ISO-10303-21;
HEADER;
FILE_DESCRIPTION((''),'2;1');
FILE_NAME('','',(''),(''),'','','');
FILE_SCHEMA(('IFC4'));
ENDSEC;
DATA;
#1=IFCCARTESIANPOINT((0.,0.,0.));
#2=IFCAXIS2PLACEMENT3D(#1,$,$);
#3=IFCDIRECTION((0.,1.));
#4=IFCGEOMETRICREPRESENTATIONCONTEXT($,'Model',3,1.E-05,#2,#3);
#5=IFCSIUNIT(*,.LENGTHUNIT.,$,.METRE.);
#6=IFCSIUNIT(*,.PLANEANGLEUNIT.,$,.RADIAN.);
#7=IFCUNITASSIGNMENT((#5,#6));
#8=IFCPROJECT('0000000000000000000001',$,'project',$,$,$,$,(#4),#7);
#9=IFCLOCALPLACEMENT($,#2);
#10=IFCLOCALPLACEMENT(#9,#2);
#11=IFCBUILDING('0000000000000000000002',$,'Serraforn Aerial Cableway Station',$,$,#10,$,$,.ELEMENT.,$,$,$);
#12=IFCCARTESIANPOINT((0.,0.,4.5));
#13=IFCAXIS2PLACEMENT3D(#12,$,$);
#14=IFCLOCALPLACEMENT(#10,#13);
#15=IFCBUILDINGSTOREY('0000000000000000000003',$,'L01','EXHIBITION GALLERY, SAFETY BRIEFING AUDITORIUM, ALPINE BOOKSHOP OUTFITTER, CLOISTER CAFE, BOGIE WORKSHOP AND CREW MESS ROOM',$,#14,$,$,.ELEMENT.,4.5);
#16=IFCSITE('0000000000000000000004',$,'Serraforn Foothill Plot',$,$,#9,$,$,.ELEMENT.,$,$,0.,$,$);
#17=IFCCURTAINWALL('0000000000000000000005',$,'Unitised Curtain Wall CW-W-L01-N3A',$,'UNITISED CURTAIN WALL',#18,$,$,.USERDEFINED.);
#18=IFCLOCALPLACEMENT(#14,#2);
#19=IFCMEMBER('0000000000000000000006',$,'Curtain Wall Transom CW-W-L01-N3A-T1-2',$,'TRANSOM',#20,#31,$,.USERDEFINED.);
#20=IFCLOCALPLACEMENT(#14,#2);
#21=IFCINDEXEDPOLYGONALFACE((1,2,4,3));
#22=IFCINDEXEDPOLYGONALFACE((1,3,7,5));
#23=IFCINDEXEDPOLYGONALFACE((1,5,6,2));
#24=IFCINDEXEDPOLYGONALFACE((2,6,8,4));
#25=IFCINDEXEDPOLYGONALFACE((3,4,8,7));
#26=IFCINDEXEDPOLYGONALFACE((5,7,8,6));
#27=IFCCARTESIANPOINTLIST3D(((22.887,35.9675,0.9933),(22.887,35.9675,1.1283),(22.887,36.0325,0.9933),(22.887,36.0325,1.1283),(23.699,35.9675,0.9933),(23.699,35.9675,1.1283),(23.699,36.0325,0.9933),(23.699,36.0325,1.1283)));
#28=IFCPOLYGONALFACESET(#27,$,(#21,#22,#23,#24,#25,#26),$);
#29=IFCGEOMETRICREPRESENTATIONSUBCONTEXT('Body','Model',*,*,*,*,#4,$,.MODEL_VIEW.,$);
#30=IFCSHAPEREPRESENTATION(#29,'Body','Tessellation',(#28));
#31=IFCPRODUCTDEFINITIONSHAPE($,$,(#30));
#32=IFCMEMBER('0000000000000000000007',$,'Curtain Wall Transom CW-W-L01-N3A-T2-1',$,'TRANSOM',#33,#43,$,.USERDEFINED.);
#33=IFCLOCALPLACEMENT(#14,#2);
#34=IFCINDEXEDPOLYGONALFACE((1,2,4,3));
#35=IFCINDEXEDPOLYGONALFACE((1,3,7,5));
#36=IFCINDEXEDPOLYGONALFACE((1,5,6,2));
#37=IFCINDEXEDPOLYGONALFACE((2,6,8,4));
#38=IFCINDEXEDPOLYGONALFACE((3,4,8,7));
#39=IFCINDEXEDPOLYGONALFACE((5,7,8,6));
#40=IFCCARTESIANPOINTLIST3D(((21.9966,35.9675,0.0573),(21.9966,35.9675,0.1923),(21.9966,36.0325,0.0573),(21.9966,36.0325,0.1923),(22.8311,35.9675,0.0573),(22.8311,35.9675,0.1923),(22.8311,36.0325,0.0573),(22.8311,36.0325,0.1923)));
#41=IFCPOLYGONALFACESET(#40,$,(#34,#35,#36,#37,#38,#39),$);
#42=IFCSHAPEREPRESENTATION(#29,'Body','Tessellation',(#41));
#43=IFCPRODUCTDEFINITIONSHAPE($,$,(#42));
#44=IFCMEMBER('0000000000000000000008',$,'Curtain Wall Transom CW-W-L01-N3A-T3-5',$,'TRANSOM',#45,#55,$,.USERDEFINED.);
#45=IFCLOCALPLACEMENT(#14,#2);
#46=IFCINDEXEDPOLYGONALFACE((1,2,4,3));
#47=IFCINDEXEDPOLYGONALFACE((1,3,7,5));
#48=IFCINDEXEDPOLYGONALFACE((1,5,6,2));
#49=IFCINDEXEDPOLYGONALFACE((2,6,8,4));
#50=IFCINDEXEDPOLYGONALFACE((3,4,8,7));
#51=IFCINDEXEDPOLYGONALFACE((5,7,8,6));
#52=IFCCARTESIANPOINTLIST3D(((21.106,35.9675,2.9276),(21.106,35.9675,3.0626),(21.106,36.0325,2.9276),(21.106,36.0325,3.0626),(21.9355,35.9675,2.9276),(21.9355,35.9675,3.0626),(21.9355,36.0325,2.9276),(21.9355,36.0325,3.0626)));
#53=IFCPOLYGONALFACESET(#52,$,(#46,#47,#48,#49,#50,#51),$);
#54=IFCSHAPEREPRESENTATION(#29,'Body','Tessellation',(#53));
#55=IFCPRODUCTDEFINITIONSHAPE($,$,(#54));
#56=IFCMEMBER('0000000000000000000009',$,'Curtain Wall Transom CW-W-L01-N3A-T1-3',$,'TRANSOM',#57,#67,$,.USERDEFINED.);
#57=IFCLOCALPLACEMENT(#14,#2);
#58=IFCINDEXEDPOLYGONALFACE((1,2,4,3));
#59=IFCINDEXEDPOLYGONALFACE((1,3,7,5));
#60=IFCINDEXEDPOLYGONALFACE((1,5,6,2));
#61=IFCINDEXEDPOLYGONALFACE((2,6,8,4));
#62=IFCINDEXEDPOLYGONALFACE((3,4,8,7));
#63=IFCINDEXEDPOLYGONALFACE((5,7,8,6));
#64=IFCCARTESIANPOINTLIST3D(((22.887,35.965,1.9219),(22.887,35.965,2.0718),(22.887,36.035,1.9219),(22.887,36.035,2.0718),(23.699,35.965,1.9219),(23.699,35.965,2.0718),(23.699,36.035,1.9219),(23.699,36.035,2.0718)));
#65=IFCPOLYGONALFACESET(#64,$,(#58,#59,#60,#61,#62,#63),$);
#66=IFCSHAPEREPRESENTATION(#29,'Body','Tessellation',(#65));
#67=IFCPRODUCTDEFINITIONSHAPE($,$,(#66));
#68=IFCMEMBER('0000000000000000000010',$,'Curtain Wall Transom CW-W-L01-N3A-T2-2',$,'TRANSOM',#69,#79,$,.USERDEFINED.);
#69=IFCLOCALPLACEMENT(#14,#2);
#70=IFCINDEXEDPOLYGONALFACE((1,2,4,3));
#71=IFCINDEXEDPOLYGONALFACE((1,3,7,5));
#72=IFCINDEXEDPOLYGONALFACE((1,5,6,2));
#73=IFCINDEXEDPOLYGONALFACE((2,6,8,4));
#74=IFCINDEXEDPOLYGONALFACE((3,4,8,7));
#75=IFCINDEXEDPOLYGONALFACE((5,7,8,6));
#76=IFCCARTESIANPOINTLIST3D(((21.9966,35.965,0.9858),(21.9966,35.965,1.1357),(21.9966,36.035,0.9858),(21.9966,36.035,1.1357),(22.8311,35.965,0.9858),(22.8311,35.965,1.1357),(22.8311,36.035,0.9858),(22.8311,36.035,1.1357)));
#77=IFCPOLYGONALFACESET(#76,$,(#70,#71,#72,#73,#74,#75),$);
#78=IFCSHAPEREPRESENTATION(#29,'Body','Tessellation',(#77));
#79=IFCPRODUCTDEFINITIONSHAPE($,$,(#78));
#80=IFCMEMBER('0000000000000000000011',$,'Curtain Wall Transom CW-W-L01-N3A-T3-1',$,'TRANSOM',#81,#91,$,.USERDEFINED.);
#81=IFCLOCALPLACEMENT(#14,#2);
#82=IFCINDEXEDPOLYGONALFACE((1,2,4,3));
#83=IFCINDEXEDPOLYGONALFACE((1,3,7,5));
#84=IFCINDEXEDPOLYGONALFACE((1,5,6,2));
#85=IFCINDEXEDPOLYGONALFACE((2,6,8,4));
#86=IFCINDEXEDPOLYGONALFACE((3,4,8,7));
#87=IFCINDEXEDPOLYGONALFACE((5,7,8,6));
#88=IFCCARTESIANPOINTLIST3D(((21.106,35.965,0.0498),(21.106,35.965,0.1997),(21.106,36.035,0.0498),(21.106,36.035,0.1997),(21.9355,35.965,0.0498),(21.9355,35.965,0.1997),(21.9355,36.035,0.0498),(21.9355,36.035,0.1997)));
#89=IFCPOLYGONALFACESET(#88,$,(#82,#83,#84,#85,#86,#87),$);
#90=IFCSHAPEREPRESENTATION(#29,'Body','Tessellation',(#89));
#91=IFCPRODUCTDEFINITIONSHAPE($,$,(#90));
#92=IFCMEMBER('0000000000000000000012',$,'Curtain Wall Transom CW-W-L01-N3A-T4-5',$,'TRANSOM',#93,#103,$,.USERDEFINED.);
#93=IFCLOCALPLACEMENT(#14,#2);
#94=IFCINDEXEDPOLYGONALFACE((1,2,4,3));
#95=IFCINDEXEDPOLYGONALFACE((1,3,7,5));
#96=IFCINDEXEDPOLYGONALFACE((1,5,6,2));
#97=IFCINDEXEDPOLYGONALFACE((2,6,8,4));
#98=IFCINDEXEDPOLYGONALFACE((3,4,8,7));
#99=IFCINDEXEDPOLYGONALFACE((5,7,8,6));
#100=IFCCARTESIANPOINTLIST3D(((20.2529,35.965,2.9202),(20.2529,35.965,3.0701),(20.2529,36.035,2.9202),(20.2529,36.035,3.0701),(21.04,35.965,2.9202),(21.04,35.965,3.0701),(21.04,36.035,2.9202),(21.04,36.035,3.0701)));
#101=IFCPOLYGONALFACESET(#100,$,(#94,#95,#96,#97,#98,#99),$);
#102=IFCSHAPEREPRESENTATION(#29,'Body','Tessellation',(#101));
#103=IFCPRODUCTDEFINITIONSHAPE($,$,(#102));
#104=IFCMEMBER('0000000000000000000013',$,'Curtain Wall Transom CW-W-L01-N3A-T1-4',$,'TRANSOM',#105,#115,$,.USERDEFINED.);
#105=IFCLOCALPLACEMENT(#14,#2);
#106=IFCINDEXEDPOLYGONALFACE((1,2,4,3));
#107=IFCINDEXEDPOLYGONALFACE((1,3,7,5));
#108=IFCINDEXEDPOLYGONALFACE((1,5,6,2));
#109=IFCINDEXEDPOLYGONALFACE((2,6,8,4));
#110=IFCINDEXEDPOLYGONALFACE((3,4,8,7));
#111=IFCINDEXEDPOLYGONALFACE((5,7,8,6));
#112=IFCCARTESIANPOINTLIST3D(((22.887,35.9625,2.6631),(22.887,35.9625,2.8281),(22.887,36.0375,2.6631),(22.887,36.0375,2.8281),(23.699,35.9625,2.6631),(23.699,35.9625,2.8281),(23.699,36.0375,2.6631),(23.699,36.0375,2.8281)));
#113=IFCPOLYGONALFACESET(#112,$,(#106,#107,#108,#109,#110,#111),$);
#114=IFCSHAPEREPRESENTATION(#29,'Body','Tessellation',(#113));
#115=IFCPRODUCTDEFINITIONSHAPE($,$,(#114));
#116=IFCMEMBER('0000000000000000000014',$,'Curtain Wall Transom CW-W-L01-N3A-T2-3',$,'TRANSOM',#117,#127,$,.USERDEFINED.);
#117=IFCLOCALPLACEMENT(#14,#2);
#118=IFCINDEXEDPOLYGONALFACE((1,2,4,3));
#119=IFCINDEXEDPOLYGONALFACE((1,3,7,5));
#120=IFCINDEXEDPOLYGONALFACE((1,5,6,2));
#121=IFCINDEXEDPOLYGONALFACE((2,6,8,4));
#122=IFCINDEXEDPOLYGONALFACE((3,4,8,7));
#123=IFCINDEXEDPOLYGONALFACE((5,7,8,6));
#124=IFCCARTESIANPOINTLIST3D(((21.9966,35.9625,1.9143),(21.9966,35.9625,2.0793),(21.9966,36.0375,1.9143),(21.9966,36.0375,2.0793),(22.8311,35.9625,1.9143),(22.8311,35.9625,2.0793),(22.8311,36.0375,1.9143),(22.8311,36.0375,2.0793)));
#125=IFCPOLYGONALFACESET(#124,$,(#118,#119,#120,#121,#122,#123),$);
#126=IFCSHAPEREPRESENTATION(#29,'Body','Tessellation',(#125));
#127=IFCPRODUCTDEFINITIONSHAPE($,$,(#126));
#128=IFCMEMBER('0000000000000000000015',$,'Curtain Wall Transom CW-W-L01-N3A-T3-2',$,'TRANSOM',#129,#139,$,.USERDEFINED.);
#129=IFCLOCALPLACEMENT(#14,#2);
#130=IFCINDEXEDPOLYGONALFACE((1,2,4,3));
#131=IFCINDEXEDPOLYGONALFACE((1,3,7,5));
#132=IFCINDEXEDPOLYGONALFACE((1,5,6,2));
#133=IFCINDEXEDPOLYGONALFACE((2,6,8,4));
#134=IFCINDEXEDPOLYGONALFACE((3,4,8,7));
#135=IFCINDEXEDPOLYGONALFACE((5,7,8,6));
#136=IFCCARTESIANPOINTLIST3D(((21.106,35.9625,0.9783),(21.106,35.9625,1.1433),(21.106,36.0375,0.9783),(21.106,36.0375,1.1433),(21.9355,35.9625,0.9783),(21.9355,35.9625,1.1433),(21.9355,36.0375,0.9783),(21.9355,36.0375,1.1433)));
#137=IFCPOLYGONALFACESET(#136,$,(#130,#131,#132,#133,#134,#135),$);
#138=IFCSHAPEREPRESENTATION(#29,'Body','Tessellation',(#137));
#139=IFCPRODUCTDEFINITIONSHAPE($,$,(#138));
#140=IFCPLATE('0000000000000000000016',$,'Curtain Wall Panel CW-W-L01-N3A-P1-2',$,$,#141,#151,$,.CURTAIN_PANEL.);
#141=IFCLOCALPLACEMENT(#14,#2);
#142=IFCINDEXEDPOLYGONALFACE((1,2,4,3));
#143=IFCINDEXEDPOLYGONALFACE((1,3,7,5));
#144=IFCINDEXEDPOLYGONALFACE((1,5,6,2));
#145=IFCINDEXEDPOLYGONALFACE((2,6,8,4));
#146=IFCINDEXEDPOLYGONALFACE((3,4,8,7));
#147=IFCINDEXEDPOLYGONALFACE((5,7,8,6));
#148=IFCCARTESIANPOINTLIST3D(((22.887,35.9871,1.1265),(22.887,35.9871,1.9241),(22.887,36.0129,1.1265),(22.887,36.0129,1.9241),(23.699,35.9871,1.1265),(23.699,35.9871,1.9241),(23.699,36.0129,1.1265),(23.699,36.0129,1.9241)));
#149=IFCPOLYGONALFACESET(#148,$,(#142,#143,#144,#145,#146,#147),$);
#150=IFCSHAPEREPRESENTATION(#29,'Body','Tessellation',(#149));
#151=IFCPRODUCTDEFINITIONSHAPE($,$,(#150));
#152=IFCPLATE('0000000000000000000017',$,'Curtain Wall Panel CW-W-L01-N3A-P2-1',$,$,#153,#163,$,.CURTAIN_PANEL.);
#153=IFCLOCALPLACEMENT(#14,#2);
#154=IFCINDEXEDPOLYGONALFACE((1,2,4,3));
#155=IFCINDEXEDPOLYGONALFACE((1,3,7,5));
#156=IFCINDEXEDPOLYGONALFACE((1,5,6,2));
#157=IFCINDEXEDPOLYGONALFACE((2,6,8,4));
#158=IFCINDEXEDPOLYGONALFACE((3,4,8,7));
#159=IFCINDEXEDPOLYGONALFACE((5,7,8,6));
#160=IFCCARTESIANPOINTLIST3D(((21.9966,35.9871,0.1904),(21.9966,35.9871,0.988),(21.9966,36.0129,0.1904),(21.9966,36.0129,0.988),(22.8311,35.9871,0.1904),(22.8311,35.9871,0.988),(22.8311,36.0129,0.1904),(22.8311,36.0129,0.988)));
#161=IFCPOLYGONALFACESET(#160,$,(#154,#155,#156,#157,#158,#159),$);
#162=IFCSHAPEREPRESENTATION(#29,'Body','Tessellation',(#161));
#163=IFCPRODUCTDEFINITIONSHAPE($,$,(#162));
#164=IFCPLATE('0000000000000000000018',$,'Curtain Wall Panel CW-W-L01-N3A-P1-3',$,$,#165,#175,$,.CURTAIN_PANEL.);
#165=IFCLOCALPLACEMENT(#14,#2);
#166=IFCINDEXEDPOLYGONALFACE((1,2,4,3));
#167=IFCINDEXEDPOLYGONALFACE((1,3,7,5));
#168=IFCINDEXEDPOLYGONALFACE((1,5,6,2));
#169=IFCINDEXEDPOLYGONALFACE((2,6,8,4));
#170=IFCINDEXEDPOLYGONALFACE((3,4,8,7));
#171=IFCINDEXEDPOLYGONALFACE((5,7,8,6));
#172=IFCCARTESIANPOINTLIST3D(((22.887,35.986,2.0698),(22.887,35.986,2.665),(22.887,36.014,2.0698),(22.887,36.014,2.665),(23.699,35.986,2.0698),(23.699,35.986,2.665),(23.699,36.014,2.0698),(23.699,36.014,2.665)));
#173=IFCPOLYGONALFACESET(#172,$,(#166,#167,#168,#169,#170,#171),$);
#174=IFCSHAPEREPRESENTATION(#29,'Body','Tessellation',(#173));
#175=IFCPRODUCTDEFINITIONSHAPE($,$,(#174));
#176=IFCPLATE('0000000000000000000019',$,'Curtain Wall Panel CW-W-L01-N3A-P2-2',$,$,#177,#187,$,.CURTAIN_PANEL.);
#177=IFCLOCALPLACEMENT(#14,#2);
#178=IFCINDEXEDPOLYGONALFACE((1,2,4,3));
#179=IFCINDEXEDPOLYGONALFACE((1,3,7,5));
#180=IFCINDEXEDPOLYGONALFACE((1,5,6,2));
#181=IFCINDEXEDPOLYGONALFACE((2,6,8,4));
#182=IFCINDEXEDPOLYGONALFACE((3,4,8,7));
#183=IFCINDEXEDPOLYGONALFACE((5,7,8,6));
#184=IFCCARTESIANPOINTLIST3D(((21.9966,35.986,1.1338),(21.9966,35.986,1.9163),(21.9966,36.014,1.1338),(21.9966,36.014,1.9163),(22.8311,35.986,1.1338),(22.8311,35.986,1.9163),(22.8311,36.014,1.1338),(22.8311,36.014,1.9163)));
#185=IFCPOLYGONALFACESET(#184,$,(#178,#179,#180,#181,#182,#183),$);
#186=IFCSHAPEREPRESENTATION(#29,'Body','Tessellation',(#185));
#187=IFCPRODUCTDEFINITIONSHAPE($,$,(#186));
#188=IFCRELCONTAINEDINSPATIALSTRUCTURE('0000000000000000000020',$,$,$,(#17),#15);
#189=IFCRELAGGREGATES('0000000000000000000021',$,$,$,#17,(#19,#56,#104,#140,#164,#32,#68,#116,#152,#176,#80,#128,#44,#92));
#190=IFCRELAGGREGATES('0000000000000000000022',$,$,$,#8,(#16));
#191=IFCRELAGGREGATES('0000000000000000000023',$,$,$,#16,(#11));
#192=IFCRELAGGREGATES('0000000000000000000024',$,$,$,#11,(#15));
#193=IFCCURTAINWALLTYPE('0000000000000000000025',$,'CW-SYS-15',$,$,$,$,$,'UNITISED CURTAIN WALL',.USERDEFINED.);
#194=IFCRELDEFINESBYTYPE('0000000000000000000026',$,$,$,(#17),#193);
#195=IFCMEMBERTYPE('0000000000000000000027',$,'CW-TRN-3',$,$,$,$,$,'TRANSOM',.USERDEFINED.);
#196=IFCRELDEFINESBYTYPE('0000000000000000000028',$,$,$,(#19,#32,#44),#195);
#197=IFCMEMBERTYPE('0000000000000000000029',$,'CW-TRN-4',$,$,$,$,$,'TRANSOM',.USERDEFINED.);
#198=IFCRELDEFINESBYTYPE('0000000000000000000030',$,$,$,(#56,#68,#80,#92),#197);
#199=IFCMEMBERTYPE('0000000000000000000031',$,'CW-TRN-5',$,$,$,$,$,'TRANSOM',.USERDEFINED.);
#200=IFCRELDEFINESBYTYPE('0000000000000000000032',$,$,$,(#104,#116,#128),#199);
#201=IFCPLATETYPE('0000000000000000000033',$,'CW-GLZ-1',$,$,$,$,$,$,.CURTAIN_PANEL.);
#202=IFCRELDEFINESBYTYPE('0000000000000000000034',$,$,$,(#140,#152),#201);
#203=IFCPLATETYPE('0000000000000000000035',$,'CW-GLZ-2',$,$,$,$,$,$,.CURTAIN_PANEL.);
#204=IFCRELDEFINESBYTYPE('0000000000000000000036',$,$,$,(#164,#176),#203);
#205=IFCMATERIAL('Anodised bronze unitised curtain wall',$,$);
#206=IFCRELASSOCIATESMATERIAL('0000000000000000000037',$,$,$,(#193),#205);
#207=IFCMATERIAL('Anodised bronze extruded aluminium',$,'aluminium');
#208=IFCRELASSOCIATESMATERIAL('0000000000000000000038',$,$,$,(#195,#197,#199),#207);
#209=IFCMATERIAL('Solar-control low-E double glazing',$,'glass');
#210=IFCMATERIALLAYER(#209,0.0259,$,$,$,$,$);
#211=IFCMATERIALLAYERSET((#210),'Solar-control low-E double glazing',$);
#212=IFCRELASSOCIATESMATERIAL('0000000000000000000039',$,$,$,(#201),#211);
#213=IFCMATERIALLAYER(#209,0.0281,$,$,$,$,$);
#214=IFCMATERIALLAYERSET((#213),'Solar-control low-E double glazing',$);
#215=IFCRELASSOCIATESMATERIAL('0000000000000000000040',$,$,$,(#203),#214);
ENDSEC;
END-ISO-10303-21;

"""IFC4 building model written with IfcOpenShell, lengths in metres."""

from ifc_helpers import new_model, si_unit, direction, frame, origin, origin_2d, place, context, subcontext, project, spatial, rectangle, extrude, material, layer, layer_set, material_profile, profile_set, type_object, element, aggregate, save


model = new_model("IFC4")

# Units and contexts
model_context = context("Model", 3, precision=1e-05, world=origin(), true_north=direction((0.0, 1.0)))
body_context = subcontext(model_context, "Body", "Model", "MODEL_VIEW")
ifc_project = project(units=[si_unit("LENGTHUNIT", "METRE"), si_unit("PLANEANGLEUNIT", "RADIAN")], contexts=[model_context])

# Site, building, storey
site_placement = place(None, origin())
site = spatial("IfcSite", under=ifc_project, at=site_placement, Name="Serraforn Foothill Plot", CompositionType="ELEMENT", RefElevation=0.0)
building_placement = place(site_placement, origin())
building = spatial("IfcBuilding", under=site, at=building_placement, Name="Serraforn Aerial Cableway Station", CompositionType="ELEMENT")
storey_placement = place(building_placement, frame((0.0, 0.0, 4.5)))
storey = spatial("IfcBuildingStorey", under=building, at=storey_placement, Name="L01", Description="EXHIBITION GALLERY, SAFETY BRIEFING AUDITORIUM, ALPINE BOOKSHOP OUTFITTER, CLOISTER CAFE, BOGIE WORKSHOP AND CREW MESS ROOM", CompositionType="ELEMENT", Elevation=4.5)

# Curtain wall, members, plates
ifc_material_1 = material(Name="Anodised bronze unitised curtain wall")
curtain_wall_type = type_object("IfcCurtainWallType", Name="CW-SYS-15", ElementType="UNITISED CURTAIN WALL", PredefinedType="USERDEFINED", material=ifc_material_1)
curtain_wall_placement = place(storey_placement, origin())
curtain_wall = element("IfcCurtainWall", 1, at=curtain_wall_placement, inside=storey, type_object=curtain_wall_type, Name="Unitised Curtain Wall CW-W-L01-N3A", ObjectType="UNITISED CURTAIN WALL", PredefinedType="USERDEFINED")
ifc_material_2 = material(Name="Anodised bronze extruded aluminium", Category="aluminium")
ifc_material_profile_1 = material_profile(ifc_material_2, rectangle(XDim=0.0649, YDim=0.135, at=origin_2d()), Name="CW TRANSOM 65x135")
ifc_profile_set_1 = profile_set([ifc_material_profile_1], Name="Anodised bronze extruded aluminium")
member_type_1 = type_object("IfcMemberType", Name="CW-TRN-3", ElementType="TRANSOM", PredefinedType="USERDEFINED", material=ifc_profile_set_1)
member_1_placement = place(storey_placement, frame((23.699, 36.0, 1.0608), z_axis=(-1.0, 0.0, 0.0), x_axis=(0.0, -1.0, 0.0)))
member_1 = element("IfcMember", 2, at=member_1_placement, type_object=member_type_1, Name="Curtain Wall Transom CW-W-L01-N3A-T1-2", ObjectType="TRANSOM", PredefinedType="USERDEFINED", context=body_context, shape_type="SweptSolid", body=[
    extrude(rectangle(XDim=0.0649, YDim=0.135, at=origin_2d()), origin(), (0.0, 0.0, 1.0), 0.812),
])
member_2_placement = place(storey_placement, frame((22.8311, 36.0, 0.1248), z_axis=(-1.0, 0.0, 0.0), x_axis=(0.0, -1.0, 0.0)))
member_2 = element("IfcMember", 3, at=member_2_placement, type_object=member_type_1, Name="Curtain Wall Transom CW-W-L01-N3A-T2-1", ObjectType="TRANSOM", PredefinedType="USERDEFINED", context=body_context, shape_type="SweptSolid", body=[
    extrude(rectangle(XDim=0.0649, YDim=0.135, at=origin_2d()), origin(), (0.0, 0.0, 1.0), 0.8345),
])
member_3_placement = place(storey_placement, frame((21.9355, 36.0, 2.9951), z_axis=(-1.0, 0.0, 0.0), x_axis=(0.0, -1.0, 0.0)))
member_3 = element("IfcMember", 4, at=member_3_placement, type_object=member_type_1, Name="Curtain Wall Transom CW-W-L01-N3A-T3-5", ObjectType="TRANSOM", PredefinedType="USERDEFINED", context=body_context, shape_type="SweptSolid", body=[
    extrude(rectangle(XDim=0.0649, YDim=0.135, at=origin_2d()), origin(), (0.0, 0.0, 1.0), 0.8296),
])
ifc_material_profile_2 = material_profile(ifc_material_2, rectangle(XDim=0.0701, YDim=0.1499, at=origin_2d()), Name="CW TRANSOM 70x150")
ifc_profile_set_2 = profile_set([ifc_material_profile_2], Name="Anodised bronze extruded aluminium")
member_type_2 = type_object("IfcMemberType", Name="CW-TRN-4", ElementType="TRANSOM", PredefinedType="USERDEFINED", material=ifc_profile_set_2)
member_4_placement = place(storey_placement, frame((23.699, 36.0, 1.9968), z_axis=(-1.0, 0.0, 0.0), x_axis=(0.0, -1.0, 0.0)))
member_4 = element("IfcMember", 5, at=member_4_placement, type_object=member_type_2, Name="Curtain Wall Transom CW-W-L01-N3A-T1-3", ObjectType="TRANSOM", PredefinedType="USERDEFINED", context=body_context, shape_type="SweptSolid", body=[
    extrude(rectangle(XDim=0.0701, YDim=0.1499, at=origin_2d()), origin(), (0.0, 0.0, 1.0), 0.812),
])
member_5_placement = place(storey_placement, frame((22.8311, 36.0, 1.0608), z_axis=(-1.0, 0.0, 0.0), x_axis=(0.0, -1.0, 0.0)))
member_5 = element("IfcMember", 6, at=member_5_placement, type_object=member_type_2, Name="Curtain Wall Transom CW-W-L01-N3A-T2-2", ObjectType="TRANSOM", PredefinedType="USERDEFINED", context=body_context, shape_type="SweptSolid", body=[
    extrude(rectangle(XDim=0.0701, YDim=0.1499, at=origin_2d()), origin(), (0.0, 0.0, 1.0), 0.8345),
])
member_6_placement = place(storey_placement, frame((21.9355, 36.0, 0.1248), z_axis=(-1.0, 0.0, 0.0), x_axis=(0.0, -1.0, 0.0)))
member_6 = element("IfcMember", 7, at=member_6_placement, type_object=member_type_2, Name="Curtain Wall Transom CW-W-L01-N3A-T3-1", ObjectType="TRANSOM", PredefinedType="USERDEFINED", context=body_context, shape_type="SweptSolid", body=[
    extrude(rectangle(XDim=0.0701, YDim=0.1499, at=origin_2d()), origin(), (0.0, 0.0, 1.0), 0.8296),
])
member_7_placement = place(storey_placement, frame((21.04, 36.0, 2.9951), z_axis=(-1.0, 0.0, 0.0), x_axis=(0.0, -1.0, 0.0)))
member_7 = element("IfcMember", 8, at=member_7_placement, type_object=member_type_2, Name="Curtain Wall Transom CW-W-L01-N3A-T4-5", ObjectType="TRANSOM", PredefinedType="USERDEFINED", context=body_context, shape_type="SweptSolid", body=[
    extrude(rectangle(XDim=0.0701, YDim=0.1499, at=origin_2d()), origin(), (0.0, 0.0, 1.0), 0.7871),
])
ifc_material_profile_3 = material_profile(ifc_material_2, rectangle(XDim=0.075, YDim=0.165, at=origin_2d()), Name="CW TRANSOM 75x165")
ifc_profile_set_3 = profile_set([ifc_material_profile_3], Name="Anodised bronze extruded aluminium")
member_type_3 = type_object("IfcMemberType", Name="CW-TRN-5", ElementType="TRANSOM", PredefinedType="USERDEFINED", material=ifc_profile_set_3)
member_8_placement = place(storey_placement, frame((23.699, 36.0, 2.7456), z_axis=(-1.0, 0.0, 0.0), x_axis=(0.0, -1.0, 0.0)))
member_8 = element("IfcMember", 9, at=member_8_placement, type_object=member_type_3, Name="Curtain Wall Transom CW-W-L01-N3A-T1-4", ObjectType="TRANSOM", PredefinedType="USERDEFINED", context=body_context, shape_type="SweptSolid", body=[
    extrude(rectangle(XDim=0.075, YDim=0.165, at=origin_2d()), origin(), (0.0, 0.0, 1.0), 0.812),
])
member_9_placement = place(storey_placement, frame((22.8311, 36.0, 1.9968), z_axis=(-1.0, 0.0, 0.0), x_axis=(0.0, -1.0, 0.0)))
member_9 = element("IfcMember", 10, at=member_9_placement, type_object=member_type_3, Name="Curtain Wall Transom CW-W-L01-N3A-T2-3", ObjectType="TRANSOM", PredefinedType="USERDEFINED", context=body_context, shape_type="SweptSolid", body=[
    extrude(rectangle(XDim=0.075, YDim=0.165, at=origin_2d()), origin(), (0.0, 0.0, 1.0), 0.8345),
])
member_10_placement = place(storey_placement, frame((21.9355, 36.0, 1.0608), z_axis=(-1.0, 0.0, 0.0), x_axis=(0.0, -1.0, 0.0)))
member_10 = element("IfcMember", 11, at=member_10_placement, type_object=member_type_3, Name="Curtain Wall Transom CW-W-L01-N3A-T3-2", ObjectType="TRANSOM", PredefinedType="USERDEFINED", context=body_context, shape_type="SweptSolid", body=[
    extrude(rectangle(XDim=0.075, YDim=0.165, at=origin_2d()), origin(), (0.0, 0.0, 1.0), 0.8296),
])
ifc_material_3 = material(Name="Solar-control low-E double glazing", Category="glass")
ifc_layer_1 = layer(ifc_material_3, 0.0259)
ifc_layer_set_1 = layer_set([ifc_layer_1], Name="Solar-control low-E double glazing")
plate_type_1 = type_object("IfcPlateType", Name="CW-GLZ-1", PredefinedType="CURTAIN_PANEL", material=ifc_layer_set_1)
plate_1_placement = place(storey_placement, frame((23.293, 36.0, 1.1265), z_axis=(0.0, 0.0, 1.0), x_axis=(1.0, 0.0, 0.0)))
plate_1 = element("IfcPlate", 12, at=plate_1_placement, type_object=plate_type_1, Name="Curtain Wall Panel CW-W-L01-N3A-P1-2", PredefinedType="CURTAIN_PANEL", context=body_context, shape_type="SweptSolid", body=[
    extrude(rectangle(XDim=0.812, YDim=0.0259, at=origin_2d()), origin(), (0.0, 0.0, 1.0), 0.7976),
])
plate_2_placement = place(storey_placement, frame((22.4138, 36.0, 0.1904), z_axis=(0.0, 0.0, 1.0), x_axis=(1.0, 0.0, 0.0)))
plate_2 = element("IfcPlate", 13, at=plate_2_placement, type_object=plate_type_1, Name="Curtain Wall Panel CW-W-L01-N3A-P2-1", PredefinedType="CURTAIN_PANEL", context=body_context, shape_type="SweptSolid", body=[
    extrude(rectangle(XDim=0.8345, YDim=0.0259, at=origin_2d()), origin(), (0.0, 0.0, 1.0), 0.7976),
])
ifc_layer_2 = layer(ifc_material_3, 0.0281)
ifc_layer_set_2 = layer_set([ifc_layer_2], Name="Solar-control low-E double glazing")
plate_type_2 = type_object("IfcPlateType", Name="CW-GLZ-2", PredefinedType="CURTAIN_PANEL", material=ifc_layer_set_2)
plate_3_placement = place(storey_placement, frame((23.293, 36.0, 2.0698), z_axis=(0.0, 0.0, 1.0), x_axis=(1.0, 0.0, 0.0)))
plate_3 = element("IfcPlate", 14, at=plate_3_placement, type_object=plate_type_2, Name="Curtain Wall Panel CW-W-L01-N3A-P1-3", PredefinedType="CURTAIN_PANEL", context=body_context, shape_type="SweptSolid", body=[
    extrude(rectangle(XDim=0.812, YDim=0.0281, at=origin_2d()), origin(), (0.0, 0.0, 1.0), 0.5952),
])
plate_4_placement = place(storey_placement, frame((22.4138, 36.0, 1.1338), z_axis=(0.0, 0.0, 1.0), x_axis=(1.0, 0.0, 0.0)))
plate_4 = element("IfcPlate", 15, at=plate_4_placement, type_object=plate_type_2, Name="Curtain Wall Panel CW-W-L01-N3A-P2-2", PredefinedType="CURTAIN_PANEL", context=body_context, shape_type="SweptSolid", body=[
    extrude(rectangle(XDim=0.8345, YDim=0.0281, at=origin_2d()), origin(), (0.0, 0.0, 1.0), 0.7825),
])
aggregate(curtain_wall, [member_1, member_4, member_8, plate_1, plate_3, member_2, member_5, member_9, plate_2, plate_4, member_6, member_10, member_3, member_7])

save(model, "model.ifc")
